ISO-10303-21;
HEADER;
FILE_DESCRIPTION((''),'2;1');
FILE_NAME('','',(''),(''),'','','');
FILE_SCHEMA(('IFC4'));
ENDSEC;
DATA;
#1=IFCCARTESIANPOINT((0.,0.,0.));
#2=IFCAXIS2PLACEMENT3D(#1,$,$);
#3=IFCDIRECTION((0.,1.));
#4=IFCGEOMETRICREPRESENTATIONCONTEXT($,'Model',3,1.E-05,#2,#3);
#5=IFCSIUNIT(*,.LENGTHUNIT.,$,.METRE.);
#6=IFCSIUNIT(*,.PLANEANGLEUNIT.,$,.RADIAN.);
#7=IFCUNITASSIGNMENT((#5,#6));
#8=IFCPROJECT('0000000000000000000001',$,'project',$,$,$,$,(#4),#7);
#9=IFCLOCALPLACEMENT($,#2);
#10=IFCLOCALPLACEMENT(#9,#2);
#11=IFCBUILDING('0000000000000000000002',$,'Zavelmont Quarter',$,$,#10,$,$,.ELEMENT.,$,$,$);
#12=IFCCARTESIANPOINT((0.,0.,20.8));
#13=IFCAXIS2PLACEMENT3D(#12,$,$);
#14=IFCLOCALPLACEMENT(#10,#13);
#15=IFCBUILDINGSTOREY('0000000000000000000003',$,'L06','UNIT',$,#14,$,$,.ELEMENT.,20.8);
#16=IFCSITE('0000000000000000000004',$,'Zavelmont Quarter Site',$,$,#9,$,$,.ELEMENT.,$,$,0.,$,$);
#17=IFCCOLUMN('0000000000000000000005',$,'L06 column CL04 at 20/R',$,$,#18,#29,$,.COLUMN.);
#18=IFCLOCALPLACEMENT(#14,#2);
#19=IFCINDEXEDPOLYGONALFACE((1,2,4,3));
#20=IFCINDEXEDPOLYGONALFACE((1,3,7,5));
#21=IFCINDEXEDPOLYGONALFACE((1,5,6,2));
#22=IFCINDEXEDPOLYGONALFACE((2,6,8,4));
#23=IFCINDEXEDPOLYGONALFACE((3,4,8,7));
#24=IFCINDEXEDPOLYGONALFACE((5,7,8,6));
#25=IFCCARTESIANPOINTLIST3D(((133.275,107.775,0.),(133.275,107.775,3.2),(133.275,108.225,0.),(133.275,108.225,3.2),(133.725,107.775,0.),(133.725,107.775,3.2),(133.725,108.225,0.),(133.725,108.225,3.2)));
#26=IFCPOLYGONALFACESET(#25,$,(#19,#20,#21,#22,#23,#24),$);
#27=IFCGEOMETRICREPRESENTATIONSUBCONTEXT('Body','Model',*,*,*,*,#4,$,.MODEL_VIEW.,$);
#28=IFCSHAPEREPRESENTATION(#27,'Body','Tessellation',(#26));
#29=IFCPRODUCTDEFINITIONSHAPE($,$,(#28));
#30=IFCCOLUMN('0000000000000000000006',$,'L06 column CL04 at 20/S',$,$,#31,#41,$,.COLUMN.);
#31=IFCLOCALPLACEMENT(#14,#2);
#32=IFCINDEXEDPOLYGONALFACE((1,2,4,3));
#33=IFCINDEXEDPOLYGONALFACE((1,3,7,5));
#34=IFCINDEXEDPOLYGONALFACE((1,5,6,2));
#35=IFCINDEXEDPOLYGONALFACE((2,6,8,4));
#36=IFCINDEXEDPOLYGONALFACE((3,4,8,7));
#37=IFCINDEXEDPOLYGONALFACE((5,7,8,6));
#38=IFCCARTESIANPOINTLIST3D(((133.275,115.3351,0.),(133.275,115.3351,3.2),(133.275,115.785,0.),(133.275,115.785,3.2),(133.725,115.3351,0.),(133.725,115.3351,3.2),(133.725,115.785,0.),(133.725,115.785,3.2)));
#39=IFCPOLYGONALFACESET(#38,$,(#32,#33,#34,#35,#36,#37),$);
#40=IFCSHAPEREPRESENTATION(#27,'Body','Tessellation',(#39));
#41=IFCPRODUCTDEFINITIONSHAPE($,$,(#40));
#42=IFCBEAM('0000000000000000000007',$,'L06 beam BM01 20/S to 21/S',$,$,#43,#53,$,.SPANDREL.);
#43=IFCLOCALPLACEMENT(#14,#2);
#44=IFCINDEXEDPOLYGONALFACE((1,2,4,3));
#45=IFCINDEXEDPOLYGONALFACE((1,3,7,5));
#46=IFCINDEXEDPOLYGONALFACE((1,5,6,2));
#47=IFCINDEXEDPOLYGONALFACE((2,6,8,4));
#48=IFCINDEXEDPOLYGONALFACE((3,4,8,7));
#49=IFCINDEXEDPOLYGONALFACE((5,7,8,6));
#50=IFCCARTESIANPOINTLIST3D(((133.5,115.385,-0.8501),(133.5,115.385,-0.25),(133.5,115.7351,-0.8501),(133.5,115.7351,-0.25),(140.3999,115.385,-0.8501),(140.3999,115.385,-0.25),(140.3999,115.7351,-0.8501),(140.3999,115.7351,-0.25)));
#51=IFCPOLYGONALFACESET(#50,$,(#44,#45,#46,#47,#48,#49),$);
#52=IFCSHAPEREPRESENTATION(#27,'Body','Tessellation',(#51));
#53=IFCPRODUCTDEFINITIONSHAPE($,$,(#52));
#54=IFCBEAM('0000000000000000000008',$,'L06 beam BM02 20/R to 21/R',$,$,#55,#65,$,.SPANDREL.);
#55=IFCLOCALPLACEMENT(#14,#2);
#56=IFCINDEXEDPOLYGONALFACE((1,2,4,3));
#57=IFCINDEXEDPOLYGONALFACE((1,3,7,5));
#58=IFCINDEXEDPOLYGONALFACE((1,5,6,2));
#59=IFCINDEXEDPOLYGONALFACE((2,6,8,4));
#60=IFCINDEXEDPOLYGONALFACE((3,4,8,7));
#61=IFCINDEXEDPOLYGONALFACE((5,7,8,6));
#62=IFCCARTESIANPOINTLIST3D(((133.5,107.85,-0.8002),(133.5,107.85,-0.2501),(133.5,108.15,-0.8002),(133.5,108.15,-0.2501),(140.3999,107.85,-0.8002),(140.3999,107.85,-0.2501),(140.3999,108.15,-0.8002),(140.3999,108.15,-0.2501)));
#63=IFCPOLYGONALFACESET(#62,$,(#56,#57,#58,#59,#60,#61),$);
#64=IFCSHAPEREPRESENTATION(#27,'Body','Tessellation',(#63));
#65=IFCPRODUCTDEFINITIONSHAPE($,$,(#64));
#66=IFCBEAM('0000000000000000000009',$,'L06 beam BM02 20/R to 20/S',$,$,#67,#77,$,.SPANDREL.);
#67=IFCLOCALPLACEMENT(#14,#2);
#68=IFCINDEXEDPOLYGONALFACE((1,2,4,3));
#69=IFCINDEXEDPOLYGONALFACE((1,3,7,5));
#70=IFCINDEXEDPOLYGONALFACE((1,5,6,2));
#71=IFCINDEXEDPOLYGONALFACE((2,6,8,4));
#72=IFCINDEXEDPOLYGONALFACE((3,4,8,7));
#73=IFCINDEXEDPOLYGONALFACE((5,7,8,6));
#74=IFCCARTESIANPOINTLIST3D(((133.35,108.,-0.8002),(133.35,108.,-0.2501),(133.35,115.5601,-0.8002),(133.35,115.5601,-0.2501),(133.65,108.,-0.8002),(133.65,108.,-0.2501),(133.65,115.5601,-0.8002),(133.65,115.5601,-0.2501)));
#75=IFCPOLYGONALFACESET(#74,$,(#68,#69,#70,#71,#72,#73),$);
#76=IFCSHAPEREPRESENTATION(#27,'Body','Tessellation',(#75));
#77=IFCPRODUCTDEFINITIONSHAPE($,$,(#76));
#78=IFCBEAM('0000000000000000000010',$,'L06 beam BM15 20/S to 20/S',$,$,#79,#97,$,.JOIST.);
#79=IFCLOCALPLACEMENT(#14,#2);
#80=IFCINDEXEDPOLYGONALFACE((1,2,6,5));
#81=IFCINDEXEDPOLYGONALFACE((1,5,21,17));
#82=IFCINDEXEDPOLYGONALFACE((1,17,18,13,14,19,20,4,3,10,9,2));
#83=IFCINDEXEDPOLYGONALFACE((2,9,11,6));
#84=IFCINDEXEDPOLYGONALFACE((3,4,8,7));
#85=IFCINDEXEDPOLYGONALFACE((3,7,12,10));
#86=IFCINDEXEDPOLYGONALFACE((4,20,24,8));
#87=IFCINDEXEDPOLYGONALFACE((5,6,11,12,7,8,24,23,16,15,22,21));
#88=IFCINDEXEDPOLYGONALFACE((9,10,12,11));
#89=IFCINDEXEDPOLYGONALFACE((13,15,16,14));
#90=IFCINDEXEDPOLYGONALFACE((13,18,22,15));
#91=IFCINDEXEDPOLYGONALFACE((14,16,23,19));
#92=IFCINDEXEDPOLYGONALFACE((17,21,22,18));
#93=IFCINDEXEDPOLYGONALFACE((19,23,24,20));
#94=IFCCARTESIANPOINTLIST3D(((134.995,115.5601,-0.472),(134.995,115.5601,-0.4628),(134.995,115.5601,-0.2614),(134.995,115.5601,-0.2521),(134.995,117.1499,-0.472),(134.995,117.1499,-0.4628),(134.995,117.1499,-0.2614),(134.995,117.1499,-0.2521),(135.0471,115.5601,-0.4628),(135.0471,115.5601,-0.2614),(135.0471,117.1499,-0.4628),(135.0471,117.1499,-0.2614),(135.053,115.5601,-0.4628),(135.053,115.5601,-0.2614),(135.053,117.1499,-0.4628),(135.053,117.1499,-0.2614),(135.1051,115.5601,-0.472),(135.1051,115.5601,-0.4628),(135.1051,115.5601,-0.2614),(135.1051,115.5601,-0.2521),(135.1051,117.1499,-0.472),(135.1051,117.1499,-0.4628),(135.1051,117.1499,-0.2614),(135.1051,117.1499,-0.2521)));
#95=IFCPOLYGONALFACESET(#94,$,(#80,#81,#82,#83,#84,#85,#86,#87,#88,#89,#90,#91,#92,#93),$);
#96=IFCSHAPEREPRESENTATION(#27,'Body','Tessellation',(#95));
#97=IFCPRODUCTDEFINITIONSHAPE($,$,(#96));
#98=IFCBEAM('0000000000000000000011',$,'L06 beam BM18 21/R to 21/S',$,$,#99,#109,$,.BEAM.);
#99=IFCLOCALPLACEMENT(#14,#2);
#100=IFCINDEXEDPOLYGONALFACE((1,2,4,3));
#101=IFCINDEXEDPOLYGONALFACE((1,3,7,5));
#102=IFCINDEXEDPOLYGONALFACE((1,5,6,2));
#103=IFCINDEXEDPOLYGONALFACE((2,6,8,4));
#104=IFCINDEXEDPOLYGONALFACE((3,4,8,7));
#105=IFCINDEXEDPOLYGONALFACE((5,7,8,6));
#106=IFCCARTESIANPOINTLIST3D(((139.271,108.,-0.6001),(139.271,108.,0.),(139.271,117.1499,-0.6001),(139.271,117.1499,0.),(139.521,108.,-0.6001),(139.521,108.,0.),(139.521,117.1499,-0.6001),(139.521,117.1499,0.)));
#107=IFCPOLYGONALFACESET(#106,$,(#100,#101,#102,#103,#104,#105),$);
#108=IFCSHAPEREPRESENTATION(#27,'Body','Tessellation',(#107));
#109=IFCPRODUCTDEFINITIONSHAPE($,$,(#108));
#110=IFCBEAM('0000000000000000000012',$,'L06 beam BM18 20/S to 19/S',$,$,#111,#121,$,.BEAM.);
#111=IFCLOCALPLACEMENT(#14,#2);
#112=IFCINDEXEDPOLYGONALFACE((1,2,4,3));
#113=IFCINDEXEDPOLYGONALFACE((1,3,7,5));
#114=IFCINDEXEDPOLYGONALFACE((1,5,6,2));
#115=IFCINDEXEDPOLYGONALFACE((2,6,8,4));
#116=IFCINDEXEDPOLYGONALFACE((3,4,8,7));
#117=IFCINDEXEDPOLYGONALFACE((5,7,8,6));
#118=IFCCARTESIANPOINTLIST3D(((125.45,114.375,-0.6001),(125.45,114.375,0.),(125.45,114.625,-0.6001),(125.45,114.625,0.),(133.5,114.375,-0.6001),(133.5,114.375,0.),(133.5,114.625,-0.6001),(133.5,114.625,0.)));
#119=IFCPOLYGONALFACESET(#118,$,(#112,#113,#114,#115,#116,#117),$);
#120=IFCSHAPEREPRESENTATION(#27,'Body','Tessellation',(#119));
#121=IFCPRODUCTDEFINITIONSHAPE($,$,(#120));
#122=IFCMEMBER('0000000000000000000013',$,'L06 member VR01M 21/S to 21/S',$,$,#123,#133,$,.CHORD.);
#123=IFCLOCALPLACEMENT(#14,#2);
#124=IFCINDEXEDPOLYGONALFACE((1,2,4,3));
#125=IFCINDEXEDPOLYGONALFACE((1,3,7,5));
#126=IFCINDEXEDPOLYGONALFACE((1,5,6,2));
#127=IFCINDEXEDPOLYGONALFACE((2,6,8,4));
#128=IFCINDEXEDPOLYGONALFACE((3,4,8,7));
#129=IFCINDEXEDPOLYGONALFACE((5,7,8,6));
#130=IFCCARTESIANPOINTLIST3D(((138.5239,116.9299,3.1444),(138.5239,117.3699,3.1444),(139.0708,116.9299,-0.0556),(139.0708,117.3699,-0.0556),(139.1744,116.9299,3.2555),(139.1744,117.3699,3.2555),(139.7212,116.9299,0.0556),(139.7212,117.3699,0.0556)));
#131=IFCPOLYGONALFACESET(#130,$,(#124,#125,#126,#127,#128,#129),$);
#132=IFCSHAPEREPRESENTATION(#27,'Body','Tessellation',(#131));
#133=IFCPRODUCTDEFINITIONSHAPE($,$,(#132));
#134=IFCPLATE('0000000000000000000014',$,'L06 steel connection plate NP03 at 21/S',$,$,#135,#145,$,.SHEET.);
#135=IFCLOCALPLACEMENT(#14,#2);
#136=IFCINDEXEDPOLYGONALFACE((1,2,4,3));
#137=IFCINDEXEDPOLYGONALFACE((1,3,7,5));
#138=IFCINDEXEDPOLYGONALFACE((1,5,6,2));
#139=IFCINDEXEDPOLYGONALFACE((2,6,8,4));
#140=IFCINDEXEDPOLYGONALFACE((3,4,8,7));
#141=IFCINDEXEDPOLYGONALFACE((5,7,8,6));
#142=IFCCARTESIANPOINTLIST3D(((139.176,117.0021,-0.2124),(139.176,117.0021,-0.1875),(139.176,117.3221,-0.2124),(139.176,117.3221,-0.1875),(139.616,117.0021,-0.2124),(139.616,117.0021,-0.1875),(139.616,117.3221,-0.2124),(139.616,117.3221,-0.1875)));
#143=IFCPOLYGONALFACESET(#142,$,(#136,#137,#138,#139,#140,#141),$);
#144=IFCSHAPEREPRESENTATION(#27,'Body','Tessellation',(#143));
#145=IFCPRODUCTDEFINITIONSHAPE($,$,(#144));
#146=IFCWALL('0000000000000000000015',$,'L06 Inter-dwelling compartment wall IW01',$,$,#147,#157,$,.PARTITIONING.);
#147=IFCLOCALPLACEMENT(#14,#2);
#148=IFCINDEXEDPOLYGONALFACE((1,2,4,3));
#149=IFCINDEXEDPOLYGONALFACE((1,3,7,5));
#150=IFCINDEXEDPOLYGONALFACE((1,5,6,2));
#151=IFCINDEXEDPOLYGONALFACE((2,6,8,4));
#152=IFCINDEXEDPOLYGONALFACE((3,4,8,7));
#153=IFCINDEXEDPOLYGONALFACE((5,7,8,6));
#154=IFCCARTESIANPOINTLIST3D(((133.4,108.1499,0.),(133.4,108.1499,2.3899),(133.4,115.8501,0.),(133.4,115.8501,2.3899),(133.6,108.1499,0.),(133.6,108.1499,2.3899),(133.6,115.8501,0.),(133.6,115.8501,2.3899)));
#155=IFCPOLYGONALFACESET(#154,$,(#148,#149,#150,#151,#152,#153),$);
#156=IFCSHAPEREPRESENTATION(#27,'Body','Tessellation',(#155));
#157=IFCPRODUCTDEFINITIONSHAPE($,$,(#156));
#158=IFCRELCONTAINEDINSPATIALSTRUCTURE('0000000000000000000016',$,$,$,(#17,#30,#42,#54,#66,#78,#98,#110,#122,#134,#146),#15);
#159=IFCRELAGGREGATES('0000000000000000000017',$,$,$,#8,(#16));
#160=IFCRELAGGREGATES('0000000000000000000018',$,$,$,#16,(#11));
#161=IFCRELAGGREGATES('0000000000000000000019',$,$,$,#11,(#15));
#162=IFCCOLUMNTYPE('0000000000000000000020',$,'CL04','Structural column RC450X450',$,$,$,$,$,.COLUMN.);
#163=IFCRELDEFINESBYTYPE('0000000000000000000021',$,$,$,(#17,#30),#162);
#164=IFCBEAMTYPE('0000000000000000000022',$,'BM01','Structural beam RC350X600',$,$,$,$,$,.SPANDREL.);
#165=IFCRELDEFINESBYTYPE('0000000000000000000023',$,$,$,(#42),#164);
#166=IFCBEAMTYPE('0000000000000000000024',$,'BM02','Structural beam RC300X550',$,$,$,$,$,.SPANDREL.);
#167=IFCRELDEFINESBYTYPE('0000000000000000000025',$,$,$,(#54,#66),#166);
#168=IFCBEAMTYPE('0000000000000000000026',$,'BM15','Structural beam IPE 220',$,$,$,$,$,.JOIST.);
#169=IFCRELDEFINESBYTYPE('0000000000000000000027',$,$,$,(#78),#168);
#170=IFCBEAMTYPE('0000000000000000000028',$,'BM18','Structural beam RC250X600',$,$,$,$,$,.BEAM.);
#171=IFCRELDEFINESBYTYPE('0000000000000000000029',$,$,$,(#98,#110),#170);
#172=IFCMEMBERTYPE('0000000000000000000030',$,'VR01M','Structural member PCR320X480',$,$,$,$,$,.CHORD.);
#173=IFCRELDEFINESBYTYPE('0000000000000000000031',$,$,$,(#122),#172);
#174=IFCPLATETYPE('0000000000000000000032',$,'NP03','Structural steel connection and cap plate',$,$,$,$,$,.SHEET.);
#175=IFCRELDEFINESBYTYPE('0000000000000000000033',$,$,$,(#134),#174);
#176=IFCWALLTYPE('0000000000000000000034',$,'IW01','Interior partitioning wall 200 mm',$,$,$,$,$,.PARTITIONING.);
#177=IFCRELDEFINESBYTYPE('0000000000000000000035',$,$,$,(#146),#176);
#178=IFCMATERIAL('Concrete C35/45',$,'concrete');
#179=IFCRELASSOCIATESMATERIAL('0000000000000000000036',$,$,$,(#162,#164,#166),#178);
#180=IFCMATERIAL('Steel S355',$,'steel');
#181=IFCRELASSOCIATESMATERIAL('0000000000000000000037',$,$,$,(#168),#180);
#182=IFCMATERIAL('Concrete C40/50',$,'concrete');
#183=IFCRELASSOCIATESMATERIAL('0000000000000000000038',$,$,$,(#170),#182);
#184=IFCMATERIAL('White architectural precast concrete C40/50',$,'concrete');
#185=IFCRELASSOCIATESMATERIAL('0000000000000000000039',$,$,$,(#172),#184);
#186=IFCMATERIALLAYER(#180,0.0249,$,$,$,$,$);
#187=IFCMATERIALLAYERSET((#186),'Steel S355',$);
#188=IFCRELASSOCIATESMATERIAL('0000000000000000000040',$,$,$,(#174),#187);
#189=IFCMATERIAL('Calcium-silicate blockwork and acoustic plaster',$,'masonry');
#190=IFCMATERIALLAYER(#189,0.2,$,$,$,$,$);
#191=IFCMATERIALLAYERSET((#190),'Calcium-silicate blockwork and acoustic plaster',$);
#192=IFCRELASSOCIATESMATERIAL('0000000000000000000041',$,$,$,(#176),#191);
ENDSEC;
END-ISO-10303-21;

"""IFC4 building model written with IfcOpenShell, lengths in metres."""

from ifc_helpers import new_model, si_unit, direction, frame, frame_2d, origin, origin_2d, place, context, subcontext, project, spatial, rectangle, i_section, extrude, material, layer, layer_set, material_profile, profile_set, type_object, element, save


model = new_model("IFC4")

# Units and contexts
model_context = context("Model", 3, precision=1e-05, world=origin(), true_north=direction((0.0, 1.0)))
body_context = subcontext(model_context, "Body", "Model", "MODEL_VIEW")
ifc_project = project(units=[si_unit("LENGTHUNIT", "METRE"), si_unit("PLANEANGLEUNIT", "RADIAN")], contexts=[model_context])

# Site, building, storey
site_placement = place(None, origin())
site = spatial("IfcSite", under=ifc_project, at=site_placement, Name="Zavelmont Quarter Site", CompositionType="ELEMENT", RefElevation=0.0)
building_placement = place(site_placement, origin())
building = spatial("IfcBuilding", under=site, at=building_placement, Name="Zavelmont Quarter", CompositionType="ELEMENT")
storey_placement = place(building_placement, frame((0.0, 0.0, 20.8)))
storey = spatial("IfcBuildingStorey", under=building, at=storey_placement, Name="L06", Description="UNIT", CompositionType="ELEMENT", Elevation=20.8)

# Columns
ifc_material_1 = material(Name="Concrete C35/45", Category="concrete")
ifc_material_profile_1 = material_profile(ifc_material_1, rectangle(XDim=0.45, YDim=0.45, at=origin_2d()), Name="RC450X450")
ifc_profile_set_1 = profile_set([ifc_material_profile_1], Name="Concrete C35/45")
column_type = type_object("IfcColumnType", Name="CL04", Description="Structural column RC450X450", PredefinedType="COLUMN", material=ifc_profile_set_1)
for number, where, z_axis, x_axis, name in (
    (1, (133.5, 108.0, 0.0), (0.0, 0.0, 1.0), (1.0, 0.0, 0.0), "L06 column CL04 at 20/R"),
    (2, (133.5, 115.5601, 0.0), (0.0, 0.0, 1.0), (1.0, 0.0, 0.0), "L06 column CL04 at 20/S"),
):
    element("IfcColumn", number, at=place(storey_placement, frame(where, z_axis=z_axis, x_axis=x_axis)), inside=storey, type_object=column_type, Name=name, PredefinedType="COLUMN", context=body_context, shape_type="SweptSolid", body=[
        extrude(rectangle(XDim=0.45, YDim=0.45, at=origin_2d()), origin(), (0.0, 0.0, 1.0), 3.2),
    ])

# Beams
ifc_material_profile_2 = material_profile(ifc_material_1, rectangle(XDim=0.3501, YDim=0.6001, at=origin_2d()), Name="RC350X600")
ifc_profile_set_2 = profile_set([ifc_material_profile_2], Name="Concrete C35/45")
beam_type_1 = type_object("IfcBeamType", Name="BM01", Description="Structural beam RC350X600", PredefinedType="SPANDREL", material=ifc_profile_set_2)
beam_1_placement = place(storey_placement, frame((133.5, 115.5601, -0.55), z_axis=(1.0, 0.0, 0.0), x_axis=(0.0, 1.0, 0.0)))
element("IfcBeam", 3, at=beam_1_placement, inside=storey, type_object=beam_type_1, Name="L06 beam BM01 20/S to 21/S", PredefinedType="SPANDREL", context=body_context, shape_type="SweptSolid", body=[
    extrude(rectangle(XDim=0.3501, YDim=0.6001, at=origin_2d()), origin(), (0.0, 0.0, 1.0), 6.8999),
])
ifc_material_profile_3 = material_profile(ifc_material_1, rectangle(XDim=0.3, YDim=0.55, at=origin_2d()), Name="RC300X550")
ifc_profile_set_3 = profile_set([ifc_material_profile_3], Name="Concrete C35/45")
beam_type_2 = type_object("IfcBeamType", Name="BM02", Description="Structural beam RC300X550", PredefinedType="SPANDREL", material=ifc_profile_set_3)
beam_2_placement = place(storey_placement, frame((133.5, 108.0, -0.5251), z_axis=(1.0, 0.0, 0.0), x_axis=(0.0, 1.0, 0.0)))
element("IfcBeam", 4, at=beam_2_placement, inside=storey, type_object=beam_type_2, Name="L06 beam BM02 20/R to 21/R", PredefinedType="SPANDREL", context=body_context, shape_type="SweptSolid", body=[
    extrude(rectangle(XDim=0.3, YDim=0.55, at=origin_2d()), origin(), (0.0, 0.0, 1.0), 6.8999),
])
beam_3_placement = place(storey_placement, frame((133.5, 108.0, -0.5251), z_axis=(0.0, 1.0, 0.0), x_axis=(-1.0, 0.0, 0.0)))
element("IfcBeam", 5, at=beam_3_placement, inside=storey, type_object=beam_type_2, Name="L06 beam BM02 20/R to 20/S", PredefinedType="SPANDREL", context=body_context, shape_type="SweptSolid", body=[
    extrude(rectangle(XDim=0.3, YDim=0.55, at=origin_2d()), origin(), (0.0, 0.0, 1.0), 7.5601),
])
ifc_material_2 = material(Name="Steel S355", Category="steel")
ifc_material_profile_4 = material_profile(ifc_material_2, i_section(OverallWidth=0.1101, OverallDepth=0.22, WebThickness=0.0059, FlangeThickness=0.0093, at=origin_2d()), Name="IPE 220")
ifc_profile_set_4 = profile_set([ifc_material_profile_4], Name="Steel S355")
beam_type_3 = type_object("IfcBeamType", Name="BM15", Description="Structural beam IPE 220", PredefinedType="JOIST", material=ifc_profile_set_4)
beam_4_placement = place(storey_placement, frame((135.05, 115.5601, -0.3621), z_axis=(0.0, 1.0, 0.0), x_axis=(-1.0, 0.0, 0.0)))
element("IfcBeam", 6, at=beam_4_placement, inside=storey, type_object=beam_type_3, Name="L06 beam BM15 20/S to 20/S", PredefinedType="JOIST", context=body_context, shape_type="SweptSolid", body=[
    extrude(i_section(OverallWidth=0.1101, OverallDepth=0.22, WebThickness=0.0059, FlangeThickness=0.0093, at=origin_2d()), origin(), (0.0, 0.0, 1.0), 1.5898),
])
ifc_material_3 = material(Name="Concrete C40/50", Category="concrete")
ifc_material_profile_5 = material_profile(ifc_material_3, rectangle(XDim=0.25, YDim=0.6001, at=origin_2d()), Name="RC250X600")
ifc_profile_set_5 = profile_set([ifc_material_profile_5], Name="Concrete C40/50")
beam_type_4 = type_object("IfcBeamType", Name="BM18", Description="Structural beam RC250X600", PredefinedType="BEAM", material=ifc_profile_set_5)
beam_5_placement = place(storey_placement, frame((139.396, 108.0, -0.3), z_axis=(0.0, 1.0, 0.0), x_axis=(-1.0, 0.0, 0.0)))
element("IfcBeam", 7, at=beam_5_placement, inside=storey, type_object=beam_type_4, Name="L06 beam BM18 21/R to 21/S", PredefinedType="BEAM", context=body_context, shape_type="SweptSolid", body=[
    extrude(rectangle(XDim=0.25, YDim=0.6001, at=origin_2d()), origin(), (0.0, 0.0, 1.0), 9.1499),
])
beam_6_placement = place(storey_placement, frame((133.5, 114.5, -0.3), z_axis=(-1.0, 0.0, 0.0), x_axis=(0.0, -1.0, 0.0)))
element("IfcBeam", 8, at=beam_6_placement, inside=storey, type_object=beam_type_4, Name="L06 beam BM18 20/S to 19/S", PredefinedType="BEAM", context=body_context, shape_type="SweptSolid", body=[
    extrude(rectangle(XDim=0.25, YDim=0.6001, at=origin_2d()), origin(), (0.0, 0.0, 1.0), 8.05),
])

# Member
ifc_material_4 = material(Name="White architectural precast concrete C40/50", Category="concrete")
ifc_material_profile_6 = material_profile(ifc_material_4, rectangle(XDim=0.4399, YDim=0.6599, at=origin_2d()), Name="PCR320X480")
ifc_profile_set_6 = profile_set([ifc_material_profile_6], Name="White architectural precast concrete C40/50")
member_type = type_object("IfcMemberType", Name="VR01M", Description="Structural member PCR320X480", PredefinedType="CHORD", material=ifc_profile_set_6)
member_placement = place(storey_placement, frame((139.396, 117.1499, 0.0), z_axis=(-0.168459, 0.0, 0.985709), x_axis=(0.0, -1.0, 0.0)))
element("IfcMember", 9, at=member_placement, inside=storey, type_object=member_type, Name="L06 member VR01M 21/S to 21/S", PredefinedType="CHORD", context=body_context, shape_type="SweptSolid", body=[
    extrude(rectangle(XDim=0.4399, YDim=0.6599, at=origin_2d()), origin(), (0.0, 0.0, 1.0), 3.2463),
])

# Plate
ifc_layer_1 = layer(ifc_material_2, 0.0249)
ifc_layer_set_1 = layer_set([ifc_layer_1], Name="Steel S355")
plate_type = type_object("IfcPlateType", Name="NP03", Description="Structural steel connection and cap plate", PredefinedType="SHEET", material=ifc_layer_set_1)
plate_placement = place(storey_placement, frame((139.396, 117.1621, -0.2124), z_axis=(0.0, 0.0, 1.0), x_axis=(1.0, 0.0, 0.0)))
element("IfcPlate", 10, at=plate_placement, inside=storey, type_object=plate_type, Name="L06 steel connection plate NP03 at 21/S", PredefinedType="SHEET", context=body_context, shape_type="SweptSolid", body=[
    extrude(rectangle(XDim=0.4399, YDim=0.3201, at=origin_2d()), origin(), (0.0, 0.0, 1.0), 0.0249),
])

# Wall
ifc_material_5 = material(Name="Calcium-silicate blockwork and acoustic plaster", Category="masonry")
ifc_layer_2 = layer(ifc_material_5, 0.2)
ifc_layer_set_2 = layer_set([ifc_layer_2], Name="Calcium-silicate blockwork and acoustic plaster")
wall_type_1 = type_object("IfcWallType", Name="IW01", Description="Interior partitioning wall 200 mm", PredefinedType="PARTITIONING", material=ifc_layer_set_2)
wall_1_placement = place(storey_placement, frame((133.5, 108.1499, 0.0), z_axis=(0.0, 0.0, 1.0), x_axis=(0.0, 1.0, 0.0)))
element("IfcWall", 11, at=wall_1_placement, inside=storey, type_object=wall_type_1, Name="L06 Inter-dwelling compartment wall IW01", PredefinedType="PARTITIONING", context=body_context, shape_type="SweptSolid", body=[
    extrude(rectangle(XDim=7.7002, YDim=0.2, at=frame_2d((3.8501, 0.0))), origin(), (0.0, 0.0, 1.0), 2.3899),
])

save(model, "model.ifc")
